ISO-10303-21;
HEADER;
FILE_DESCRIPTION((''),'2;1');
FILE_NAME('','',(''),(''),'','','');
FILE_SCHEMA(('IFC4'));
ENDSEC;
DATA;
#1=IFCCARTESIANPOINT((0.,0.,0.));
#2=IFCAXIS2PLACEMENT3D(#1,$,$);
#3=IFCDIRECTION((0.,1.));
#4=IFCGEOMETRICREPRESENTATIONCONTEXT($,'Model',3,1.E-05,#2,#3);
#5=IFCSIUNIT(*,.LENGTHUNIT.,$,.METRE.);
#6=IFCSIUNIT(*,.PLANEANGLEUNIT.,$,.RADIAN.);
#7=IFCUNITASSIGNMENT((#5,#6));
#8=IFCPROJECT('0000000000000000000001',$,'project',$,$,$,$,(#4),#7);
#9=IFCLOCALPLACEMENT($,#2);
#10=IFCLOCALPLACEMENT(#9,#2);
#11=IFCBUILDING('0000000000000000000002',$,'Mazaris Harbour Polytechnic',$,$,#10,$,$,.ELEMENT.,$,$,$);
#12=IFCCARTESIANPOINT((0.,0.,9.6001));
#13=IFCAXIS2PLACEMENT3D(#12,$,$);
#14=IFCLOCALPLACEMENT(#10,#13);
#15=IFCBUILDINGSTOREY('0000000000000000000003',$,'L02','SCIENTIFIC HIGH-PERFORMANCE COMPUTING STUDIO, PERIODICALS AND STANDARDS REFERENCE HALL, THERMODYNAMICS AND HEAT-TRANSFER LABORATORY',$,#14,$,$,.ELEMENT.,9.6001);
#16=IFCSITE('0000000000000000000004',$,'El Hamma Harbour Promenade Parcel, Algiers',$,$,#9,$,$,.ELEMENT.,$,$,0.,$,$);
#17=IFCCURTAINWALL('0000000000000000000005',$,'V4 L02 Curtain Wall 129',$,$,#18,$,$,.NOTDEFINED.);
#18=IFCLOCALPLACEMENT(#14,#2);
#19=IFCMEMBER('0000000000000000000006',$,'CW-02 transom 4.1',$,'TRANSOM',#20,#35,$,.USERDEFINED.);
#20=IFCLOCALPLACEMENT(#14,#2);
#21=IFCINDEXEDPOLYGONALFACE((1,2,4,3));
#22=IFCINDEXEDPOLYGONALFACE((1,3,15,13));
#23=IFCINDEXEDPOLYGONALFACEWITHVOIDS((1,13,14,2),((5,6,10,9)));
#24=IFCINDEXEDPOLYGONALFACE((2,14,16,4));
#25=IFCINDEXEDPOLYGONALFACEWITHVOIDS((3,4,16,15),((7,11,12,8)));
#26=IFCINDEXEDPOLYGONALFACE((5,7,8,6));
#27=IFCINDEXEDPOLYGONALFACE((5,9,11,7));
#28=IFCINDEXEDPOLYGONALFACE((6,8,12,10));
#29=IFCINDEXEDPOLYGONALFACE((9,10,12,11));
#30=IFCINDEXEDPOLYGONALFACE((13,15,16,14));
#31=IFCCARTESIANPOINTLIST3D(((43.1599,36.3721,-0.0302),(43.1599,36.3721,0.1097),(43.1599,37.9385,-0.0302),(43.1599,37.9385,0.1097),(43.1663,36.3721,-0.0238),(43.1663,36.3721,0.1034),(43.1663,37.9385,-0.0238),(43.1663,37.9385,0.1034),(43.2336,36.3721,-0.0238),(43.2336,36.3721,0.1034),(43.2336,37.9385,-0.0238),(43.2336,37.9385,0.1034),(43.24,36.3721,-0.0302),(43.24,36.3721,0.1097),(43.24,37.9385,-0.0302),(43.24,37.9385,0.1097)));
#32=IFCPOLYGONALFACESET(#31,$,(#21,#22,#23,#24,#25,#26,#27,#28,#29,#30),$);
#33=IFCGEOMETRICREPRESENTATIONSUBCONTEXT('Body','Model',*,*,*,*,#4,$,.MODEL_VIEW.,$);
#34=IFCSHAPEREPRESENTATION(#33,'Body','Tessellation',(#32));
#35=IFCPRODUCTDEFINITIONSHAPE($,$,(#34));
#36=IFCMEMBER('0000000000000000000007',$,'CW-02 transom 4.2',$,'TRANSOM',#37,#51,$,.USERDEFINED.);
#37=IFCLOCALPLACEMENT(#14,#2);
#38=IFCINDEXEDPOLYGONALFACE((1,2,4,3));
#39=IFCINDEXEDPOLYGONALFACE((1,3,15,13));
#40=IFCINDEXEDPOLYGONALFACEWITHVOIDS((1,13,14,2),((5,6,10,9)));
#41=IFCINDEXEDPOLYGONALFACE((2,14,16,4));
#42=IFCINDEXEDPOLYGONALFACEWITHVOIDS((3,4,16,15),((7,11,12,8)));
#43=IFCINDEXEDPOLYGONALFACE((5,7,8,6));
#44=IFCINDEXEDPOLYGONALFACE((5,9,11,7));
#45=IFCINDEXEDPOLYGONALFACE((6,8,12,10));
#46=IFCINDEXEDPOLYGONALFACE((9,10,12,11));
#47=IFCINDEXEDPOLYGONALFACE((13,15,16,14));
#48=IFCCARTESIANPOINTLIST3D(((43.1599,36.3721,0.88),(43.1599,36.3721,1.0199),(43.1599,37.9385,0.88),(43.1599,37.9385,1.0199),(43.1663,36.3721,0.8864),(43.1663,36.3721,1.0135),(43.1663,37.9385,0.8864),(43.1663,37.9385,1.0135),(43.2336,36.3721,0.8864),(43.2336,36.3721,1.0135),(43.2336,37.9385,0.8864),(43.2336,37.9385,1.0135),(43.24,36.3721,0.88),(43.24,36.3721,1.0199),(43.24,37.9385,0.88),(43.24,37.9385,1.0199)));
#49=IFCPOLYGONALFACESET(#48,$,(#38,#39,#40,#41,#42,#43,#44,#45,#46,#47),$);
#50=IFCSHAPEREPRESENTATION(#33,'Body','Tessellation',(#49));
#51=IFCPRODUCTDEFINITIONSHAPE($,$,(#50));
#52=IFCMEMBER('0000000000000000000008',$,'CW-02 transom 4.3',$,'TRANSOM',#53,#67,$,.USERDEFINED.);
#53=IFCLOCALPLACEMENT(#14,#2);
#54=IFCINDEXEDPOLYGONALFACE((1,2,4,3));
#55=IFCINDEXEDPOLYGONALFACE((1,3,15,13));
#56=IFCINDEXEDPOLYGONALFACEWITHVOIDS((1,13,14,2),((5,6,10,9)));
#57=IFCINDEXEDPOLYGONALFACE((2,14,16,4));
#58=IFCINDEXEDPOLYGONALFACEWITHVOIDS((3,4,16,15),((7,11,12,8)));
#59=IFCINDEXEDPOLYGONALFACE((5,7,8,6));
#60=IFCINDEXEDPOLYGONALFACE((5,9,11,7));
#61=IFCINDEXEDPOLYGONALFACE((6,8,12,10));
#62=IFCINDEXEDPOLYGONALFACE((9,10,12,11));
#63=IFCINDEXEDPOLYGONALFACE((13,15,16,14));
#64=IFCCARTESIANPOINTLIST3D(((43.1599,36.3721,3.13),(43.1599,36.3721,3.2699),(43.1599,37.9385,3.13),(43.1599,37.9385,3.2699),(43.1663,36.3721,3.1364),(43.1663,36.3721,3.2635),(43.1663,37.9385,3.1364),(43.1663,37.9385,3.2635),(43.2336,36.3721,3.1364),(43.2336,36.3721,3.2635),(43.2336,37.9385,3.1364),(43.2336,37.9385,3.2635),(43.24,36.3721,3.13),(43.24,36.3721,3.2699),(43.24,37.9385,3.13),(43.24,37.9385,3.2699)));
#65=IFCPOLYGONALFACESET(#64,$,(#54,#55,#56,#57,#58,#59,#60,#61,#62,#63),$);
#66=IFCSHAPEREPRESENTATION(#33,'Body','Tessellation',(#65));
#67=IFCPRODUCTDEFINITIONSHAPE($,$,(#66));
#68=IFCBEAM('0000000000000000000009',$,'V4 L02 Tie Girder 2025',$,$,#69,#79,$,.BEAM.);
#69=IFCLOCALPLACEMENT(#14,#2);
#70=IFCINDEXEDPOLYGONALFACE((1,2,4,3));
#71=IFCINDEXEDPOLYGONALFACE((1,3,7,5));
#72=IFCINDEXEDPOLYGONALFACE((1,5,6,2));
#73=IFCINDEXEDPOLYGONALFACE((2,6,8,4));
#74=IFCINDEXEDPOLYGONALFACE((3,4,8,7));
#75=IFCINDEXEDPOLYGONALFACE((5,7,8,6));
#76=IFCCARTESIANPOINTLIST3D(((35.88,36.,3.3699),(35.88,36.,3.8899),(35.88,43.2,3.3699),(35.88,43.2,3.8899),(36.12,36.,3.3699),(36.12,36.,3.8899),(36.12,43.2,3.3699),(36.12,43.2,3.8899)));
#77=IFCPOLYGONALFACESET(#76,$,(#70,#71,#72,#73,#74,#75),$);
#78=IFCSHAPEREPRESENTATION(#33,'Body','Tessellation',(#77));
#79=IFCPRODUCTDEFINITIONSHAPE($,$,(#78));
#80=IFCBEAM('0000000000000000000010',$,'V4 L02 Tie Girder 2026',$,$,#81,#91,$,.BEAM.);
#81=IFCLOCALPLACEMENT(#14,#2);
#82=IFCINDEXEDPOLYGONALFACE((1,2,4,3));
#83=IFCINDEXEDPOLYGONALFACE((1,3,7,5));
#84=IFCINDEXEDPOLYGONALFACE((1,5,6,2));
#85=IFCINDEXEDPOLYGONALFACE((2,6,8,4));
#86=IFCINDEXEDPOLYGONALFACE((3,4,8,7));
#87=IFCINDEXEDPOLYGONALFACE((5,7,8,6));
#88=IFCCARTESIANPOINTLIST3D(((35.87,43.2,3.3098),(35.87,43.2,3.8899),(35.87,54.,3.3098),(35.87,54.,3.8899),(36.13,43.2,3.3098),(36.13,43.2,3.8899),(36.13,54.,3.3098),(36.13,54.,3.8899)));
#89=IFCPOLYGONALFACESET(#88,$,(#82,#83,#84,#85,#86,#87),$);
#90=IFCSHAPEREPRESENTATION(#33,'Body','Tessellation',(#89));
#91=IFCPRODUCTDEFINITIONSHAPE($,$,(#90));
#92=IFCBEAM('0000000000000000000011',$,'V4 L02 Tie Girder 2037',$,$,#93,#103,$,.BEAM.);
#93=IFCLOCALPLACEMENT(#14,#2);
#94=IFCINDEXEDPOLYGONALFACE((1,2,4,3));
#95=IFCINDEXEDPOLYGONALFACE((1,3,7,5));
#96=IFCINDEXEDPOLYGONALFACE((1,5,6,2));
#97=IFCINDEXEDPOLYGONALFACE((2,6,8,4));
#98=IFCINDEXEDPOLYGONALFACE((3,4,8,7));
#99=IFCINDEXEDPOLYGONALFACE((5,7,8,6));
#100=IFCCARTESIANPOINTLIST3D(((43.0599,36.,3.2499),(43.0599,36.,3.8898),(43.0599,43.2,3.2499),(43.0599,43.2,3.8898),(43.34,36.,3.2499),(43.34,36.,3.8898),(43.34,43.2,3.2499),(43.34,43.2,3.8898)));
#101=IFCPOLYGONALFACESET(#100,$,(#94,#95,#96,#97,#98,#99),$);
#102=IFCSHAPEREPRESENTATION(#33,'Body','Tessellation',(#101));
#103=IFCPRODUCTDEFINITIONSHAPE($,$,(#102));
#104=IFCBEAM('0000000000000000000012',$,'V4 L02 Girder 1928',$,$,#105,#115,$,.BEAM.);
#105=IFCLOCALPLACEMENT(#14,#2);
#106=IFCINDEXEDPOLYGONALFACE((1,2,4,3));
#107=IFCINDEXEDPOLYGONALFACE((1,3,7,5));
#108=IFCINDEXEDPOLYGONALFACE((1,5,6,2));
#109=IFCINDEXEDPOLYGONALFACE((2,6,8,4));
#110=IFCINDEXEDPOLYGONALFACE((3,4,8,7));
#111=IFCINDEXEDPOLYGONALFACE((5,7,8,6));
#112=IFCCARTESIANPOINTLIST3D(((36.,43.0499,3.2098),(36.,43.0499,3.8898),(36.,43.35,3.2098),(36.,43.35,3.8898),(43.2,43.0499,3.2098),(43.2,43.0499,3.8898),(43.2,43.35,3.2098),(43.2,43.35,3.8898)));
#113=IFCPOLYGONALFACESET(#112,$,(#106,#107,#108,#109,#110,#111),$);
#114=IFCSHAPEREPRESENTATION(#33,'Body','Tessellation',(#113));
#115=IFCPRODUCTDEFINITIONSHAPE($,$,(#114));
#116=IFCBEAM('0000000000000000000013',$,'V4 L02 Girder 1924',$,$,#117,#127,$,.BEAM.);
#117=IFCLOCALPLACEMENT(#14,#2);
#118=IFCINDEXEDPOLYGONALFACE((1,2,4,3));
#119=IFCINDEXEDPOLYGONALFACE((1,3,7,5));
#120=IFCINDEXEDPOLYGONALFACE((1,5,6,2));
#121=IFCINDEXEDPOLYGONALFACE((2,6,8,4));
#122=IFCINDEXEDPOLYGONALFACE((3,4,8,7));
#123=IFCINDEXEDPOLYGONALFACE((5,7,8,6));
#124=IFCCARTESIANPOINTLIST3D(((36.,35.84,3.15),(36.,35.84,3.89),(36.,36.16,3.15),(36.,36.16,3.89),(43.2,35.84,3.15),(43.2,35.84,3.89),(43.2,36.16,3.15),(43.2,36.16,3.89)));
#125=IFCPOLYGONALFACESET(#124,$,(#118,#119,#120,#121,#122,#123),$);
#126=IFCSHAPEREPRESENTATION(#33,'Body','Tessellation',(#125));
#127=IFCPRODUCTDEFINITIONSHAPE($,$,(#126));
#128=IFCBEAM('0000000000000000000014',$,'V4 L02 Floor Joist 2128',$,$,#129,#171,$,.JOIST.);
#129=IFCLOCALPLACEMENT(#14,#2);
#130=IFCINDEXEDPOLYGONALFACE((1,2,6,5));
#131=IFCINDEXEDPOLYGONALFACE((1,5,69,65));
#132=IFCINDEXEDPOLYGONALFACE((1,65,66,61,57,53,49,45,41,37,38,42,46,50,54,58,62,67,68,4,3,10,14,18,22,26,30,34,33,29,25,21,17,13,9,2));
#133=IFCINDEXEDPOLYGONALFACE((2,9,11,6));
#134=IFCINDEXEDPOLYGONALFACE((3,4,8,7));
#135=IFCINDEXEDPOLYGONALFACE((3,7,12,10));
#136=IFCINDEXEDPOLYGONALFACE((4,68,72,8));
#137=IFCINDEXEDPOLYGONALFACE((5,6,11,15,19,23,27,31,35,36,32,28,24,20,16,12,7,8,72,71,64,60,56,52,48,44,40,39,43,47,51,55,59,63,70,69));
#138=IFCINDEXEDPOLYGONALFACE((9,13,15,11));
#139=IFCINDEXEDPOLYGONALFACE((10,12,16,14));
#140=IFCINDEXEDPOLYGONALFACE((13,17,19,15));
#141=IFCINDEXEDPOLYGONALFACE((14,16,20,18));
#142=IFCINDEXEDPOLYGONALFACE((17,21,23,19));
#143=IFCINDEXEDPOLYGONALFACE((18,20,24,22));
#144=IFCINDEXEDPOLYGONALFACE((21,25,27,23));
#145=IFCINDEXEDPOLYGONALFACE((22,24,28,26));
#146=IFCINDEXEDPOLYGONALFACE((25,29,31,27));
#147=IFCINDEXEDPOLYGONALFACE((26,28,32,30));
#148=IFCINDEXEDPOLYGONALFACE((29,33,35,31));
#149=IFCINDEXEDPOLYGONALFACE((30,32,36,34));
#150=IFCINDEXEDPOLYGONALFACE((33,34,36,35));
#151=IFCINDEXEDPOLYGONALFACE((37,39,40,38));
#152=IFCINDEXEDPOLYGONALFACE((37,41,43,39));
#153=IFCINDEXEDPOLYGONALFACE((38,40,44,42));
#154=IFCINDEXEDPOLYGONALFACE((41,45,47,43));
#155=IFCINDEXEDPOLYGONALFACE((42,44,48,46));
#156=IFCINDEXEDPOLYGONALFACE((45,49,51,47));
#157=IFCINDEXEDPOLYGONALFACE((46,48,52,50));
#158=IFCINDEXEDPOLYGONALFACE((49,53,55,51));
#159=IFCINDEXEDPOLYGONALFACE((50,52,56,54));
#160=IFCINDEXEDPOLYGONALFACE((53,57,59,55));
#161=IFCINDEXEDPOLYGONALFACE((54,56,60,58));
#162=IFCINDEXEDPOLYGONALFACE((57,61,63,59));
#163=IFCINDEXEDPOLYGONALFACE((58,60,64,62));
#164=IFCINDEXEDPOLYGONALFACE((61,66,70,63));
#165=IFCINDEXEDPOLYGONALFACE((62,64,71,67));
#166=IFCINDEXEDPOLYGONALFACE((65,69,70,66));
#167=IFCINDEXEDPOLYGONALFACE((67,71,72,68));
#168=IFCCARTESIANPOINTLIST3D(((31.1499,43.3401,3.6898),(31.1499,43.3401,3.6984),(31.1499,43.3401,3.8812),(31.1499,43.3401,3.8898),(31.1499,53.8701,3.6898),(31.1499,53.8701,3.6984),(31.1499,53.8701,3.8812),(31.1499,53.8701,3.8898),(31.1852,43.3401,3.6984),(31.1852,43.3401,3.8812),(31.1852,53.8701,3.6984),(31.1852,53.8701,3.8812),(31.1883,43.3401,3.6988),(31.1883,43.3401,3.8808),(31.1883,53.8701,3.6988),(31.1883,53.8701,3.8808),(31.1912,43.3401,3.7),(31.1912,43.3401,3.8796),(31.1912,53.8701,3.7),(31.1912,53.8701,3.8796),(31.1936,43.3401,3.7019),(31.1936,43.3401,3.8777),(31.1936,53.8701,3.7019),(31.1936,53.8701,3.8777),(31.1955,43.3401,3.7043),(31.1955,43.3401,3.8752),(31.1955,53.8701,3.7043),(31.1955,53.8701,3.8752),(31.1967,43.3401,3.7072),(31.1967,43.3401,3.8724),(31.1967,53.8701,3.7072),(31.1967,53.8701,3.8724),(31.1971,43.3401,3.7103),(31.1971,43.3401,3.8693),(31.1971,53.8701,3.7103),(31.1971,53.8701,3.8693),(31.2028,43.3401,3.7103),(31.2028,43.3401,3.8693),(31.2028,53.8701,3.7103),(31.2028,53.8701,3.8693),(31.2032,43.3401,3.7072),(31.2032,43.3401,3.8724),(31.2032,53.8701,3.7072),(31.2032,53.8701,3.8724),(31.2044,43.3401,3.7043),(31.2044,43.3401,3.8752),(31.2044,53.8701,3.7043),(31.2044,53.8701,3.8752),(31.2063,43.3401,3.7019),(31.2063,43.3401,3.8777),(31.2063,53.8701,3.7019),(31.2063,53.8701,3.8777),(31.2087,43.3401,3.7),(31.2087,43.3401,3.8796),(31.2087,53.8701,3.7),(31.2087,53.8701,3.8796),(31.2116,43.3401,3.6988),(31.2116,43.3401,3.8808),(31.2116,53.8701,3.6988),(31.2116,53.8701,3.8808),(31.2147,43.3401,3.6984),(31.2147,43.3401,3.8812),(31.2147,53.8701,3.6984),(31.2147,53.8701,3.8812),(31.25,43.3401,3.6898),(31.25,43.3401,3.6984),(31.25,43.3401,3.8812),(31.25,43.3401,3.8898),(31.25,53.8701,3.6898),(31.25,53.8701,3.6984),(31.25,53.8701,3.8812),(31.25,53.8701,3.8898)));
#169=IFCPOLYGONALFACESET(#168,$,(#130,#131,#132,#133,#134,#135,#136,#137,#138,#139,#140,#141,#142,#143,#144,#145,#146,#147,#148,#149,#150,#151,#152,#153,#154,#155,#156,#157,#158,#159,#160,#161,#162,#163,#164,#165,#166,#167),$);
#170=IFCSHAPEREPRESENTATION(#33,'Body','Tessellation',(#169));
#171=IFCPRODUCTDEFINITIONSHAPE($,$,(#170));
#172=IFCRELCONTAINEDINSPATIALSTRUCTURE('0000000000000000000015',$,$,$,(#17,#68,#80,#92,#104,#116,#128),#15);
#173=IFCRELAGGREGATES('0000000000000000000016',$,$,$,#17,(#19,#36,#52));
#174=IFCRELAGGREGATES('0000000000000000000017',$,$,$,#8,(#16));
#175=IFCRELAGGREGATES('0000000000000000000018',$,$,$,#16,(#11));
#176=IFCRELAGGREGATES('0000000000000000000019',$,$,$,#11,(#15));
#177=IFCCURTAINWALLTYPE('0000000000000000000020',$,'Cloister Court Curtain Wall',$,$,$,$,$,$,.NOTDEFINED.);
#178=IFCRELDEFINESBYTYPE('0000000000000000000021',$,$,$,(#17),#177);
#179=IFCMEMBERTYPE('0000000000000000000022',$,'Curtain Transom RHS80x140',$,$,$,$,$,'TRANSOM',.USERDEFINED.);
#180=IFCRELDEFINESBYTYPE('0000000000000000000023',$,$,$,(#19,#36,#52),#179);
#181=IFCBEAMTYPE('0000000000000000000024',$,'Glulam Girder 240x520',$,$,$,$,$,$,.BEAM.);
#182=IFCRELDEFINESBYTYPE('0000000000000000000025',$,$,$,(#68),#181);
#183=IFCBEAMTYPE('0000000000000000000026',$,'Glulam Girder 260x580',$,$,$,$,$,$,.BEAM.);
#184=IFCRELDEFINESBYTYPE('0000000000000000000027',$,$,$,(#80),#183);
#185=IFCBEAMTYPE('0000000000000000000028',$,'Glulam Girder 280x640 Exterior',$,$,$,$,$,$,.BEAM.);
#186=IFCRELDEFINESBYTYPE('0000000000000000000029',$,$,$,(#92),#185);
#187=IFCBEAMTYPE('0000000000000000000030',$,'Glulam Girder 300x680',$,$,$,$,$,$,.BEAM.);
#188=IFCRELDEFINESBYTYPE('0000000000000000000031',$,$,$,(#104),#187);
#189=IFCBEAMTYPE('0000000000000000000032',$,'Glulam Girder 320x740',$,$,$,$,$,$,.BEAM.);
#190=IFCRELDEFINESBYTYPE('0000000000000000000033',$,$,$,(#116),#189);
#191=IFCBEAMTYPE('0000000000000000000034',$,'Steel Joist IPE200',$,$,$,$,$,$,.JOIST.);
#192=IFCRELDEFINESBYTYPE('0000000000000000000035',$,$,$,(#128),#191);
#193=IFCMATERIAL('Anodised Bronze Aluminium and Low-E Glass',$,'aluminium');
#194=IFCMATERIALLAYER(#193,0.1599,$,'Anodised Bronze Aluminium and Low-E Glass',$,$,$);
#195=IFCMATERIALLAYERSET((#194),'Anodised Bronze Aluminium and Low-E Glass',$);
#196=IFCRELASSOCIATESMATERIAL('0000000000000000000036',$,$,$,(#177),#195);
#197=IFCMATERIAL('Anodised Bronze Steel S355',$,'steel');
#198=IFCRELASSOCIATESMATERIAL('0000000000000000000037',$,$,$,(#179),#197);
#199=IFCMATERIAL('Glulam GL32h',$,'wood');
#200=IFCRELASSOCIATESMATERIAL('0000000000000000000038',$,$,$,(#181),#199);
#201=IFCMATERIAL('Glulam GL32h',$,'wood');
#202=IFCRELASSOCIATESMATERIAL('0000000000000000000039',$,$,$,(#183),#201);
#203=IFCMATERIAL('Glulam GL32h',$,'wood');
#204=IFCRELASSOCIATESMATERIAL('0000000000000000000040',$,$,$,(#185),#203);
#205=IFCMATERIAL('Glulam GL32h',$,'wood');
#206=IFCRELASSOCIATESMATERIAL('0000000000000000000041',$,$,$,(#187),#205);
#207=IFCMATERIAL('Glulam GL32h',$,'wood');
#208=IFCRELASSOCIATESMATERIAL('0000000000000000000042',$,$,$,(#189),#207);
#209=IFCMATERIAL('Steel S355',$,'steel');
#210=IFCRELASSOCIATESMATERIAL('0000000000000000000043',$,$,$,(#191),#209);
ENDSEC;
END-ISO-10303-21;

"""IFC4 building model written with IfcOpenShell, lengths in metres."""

from ifc_helpers import new_model, si_unit, direction, frame, origin, origin_2d, place, context, subcontext, project, spatial, rectangle, hollow_rectangle, i_section, extrude, material, layer, layer_set, material_profile, profile_set, type_object, element, aggregate, save


model = new_model("IFC4")

# Units and contexts
model_context = context("Model", 3, precision=1e-05, world=origin(), true_north=direction((0.0, 1.0)))
body_context = subcontext(model_context, "Body", "Model", "MODEL_VIEW")
ifc_project = project(units=[si_unit("LENGTHUNIT", "METRE"), si_unit("PLANEANGLEUNIT", "RADIAN")], contexts=[model_context])

# Site, building, storey
site_placement = place(None, origin())
site = spatial("IfcSite", under=ifc_project, at=site_placement, Name="El Hamma Harbour Promenade Parcel, Algiers", CompositionType="ELEMENT", RefElevation=0.0)
building_placement = place(site_placement, origin())
building = spatial("IfcBuilding", under=site, at=building_placement, Name="Mazaris Harbour Polytechnic", CompositionType="ELEMENT")
storey_placement = place(building_placement, frame((0.0, 0.0, 9.6001)))
storey = spatial("IfcBuildingStorey", under=building, at=storey_placement, Name="L02", Description="SCIENTIFIC HIGH-PERFORMANCE COMPUTING STUDIO, PERIODICALS AND STANDARDS REFERENCE HALL, THERMODYNAMICS AND HEAT-TRANSFER LABORATORY", CompositionType="ELEMENT", Elevation=9.6001)

# Curtain wall
ifc_material_1 = material(Name="Anodised Bronze Aluminium and Low-E Glass", Category="aluminium")
ifc_layer_1 = layer(ifc_material_1, 0.1599, Name="Anodised Bronze Aluminium and Low-E Glass")
ifc_layer_set_1 = layer_set([ifc_layer_1], Name="Anodised Bronze Aluminium and Low-E Glass")
curtain_wall_type = type_object("IfcCurtainWallType", Name="Cloister Court Curtain Wall", PredefinedType="NOTDEFINED", material=ifc_layer_set_1)
curtain_wall_1_placement = place(storey_placement, origin())
curtain_wall_1 = element("IfcCurtainWall", 1, at=curtain_wall_1_placement, inside=storey, type_object=curtain_wall_type, Name="V4 L02 Curtain Wall 129", PredefinedType="NOTDEFINED")

# Members
ifc_material_2 = material(Name="Anodised Bronze Steel S355", Category="steel")
ifc_material_profile_1 = material_profile(ifc_material_2, hollow_rectangle(XDim=0.0801, YDim=0.1399, WallThickness=0.0063, at=origin_2d()), Name="RHS 80x140x6.3")
ifc_profile_set_1 = profile_set([ifc_material_profile_1], Name="Anodised Bronze Steel S355")
member_type_1 = type_object("IfcMemberType", Name="Curtain Transom RHS80x140", ElementType="TRANSOM", PredefinedType="USERDEFINED", material=ifc_profile_set_1)
member_1_placement = place(storey_placement, frame((43.2, 37.9385, 0.0398), z_axis=(0.0, -1.0, 0.0), x_axis=(1.0, 0.0, 0.0)))
member_1 = element("IfcMember", 2, at=member_1_placement, type_object=member_type_1, Name="CW-02 transom 4.1", ObjectType="TRANSOM", PredefinedType="USERDEFINED", context=body_context, shape_type="SweptSolid", body=[
    extrude(hollow_rectangle(XDim=0.0801, YDim=0.1399, WallThickness=0.0063, at=origin_2d()), origin(), (0.0, 0.0, 1.0), 1.5664),
])
member_2_placement = place(storey_placement, frame((43.2, 37.9385, 0.95), z_axis=(0.0, -1.0, 0.0), x_axis=(1.0, 0.0, 0.0)))
member_2 = element("IfcMember", 3, at=member_2_placement, type_object=member_type_1, Name="CW-02 transom 4.2", ObjectType="TRANSOM", PredefinedType="USERDEFINED", context=body_context, shape_type="SweptSolid", body=[
    extrude(hollow_rectangle(XDim=0.0801, YDim=0.1399, WallThickness=0.0063, at=origin_2d()), origin(), (0.0, 0.0, 1.0), 1.5664),
])
member_3_placement = place(storey_placement, frame((43.2, 37.9385, 3.2), z_axis=(0.0, -1.0, 0.0), x_axis=(1.0, 0.0, 0.0)))
member_3 = element("IfcMember", 4, at=member_3_placement, type_object=member_type_1, Name="CW-02 transom 4.3", ObjectType="TRANSOM", PredefinedType="USERDEFINED", context=body_context, shape_type="SweptSolid", body=[
    extrude(hollow_rectangle(XDim=0.0801, YDim=0.1399, WallThickness=0.0063, at=origin_2d()), origin(), (0.0, 0.0, 1.0), 1.5664),
])

# Beams
ifc_material_3 = material(Name="Glulam GL32h", Category="wood")
ifc_material_profile_2 = material_profile(ifc_material_3, rectangle(XDim=0.24, YDim=0.52, at=origin_2d()), Name="RECT240x520")
ifc_profile_set_2 = profile_set([ifc_material_profile_2], Name="Glulam GL32h")
beam_type_1 = type_object("IfcBeamType", Name="Glulam Girder 240x520", PredefinedType="BEAM", material=ifc_profile_set_2)
beam_1_placement = place(storey_placement, frame((36.0, 36.0, 3.6299), z_axis=(0.0, 1.0, 0.0), x_axis=(-1.0, 0.0, 0.0)))
element("IfcBeam", 5, at=beam_1_placement, inside=storey, type_object=beam_type_1, Name="V4 L02 Tie Girder 2025", PredefinedType="BEAM", context=body_context, shape_type="SweptSolid", body=[
    extrude(rectangle(XDim=0.24, YDim=0.52, at=origin_2d()), origin(), (0.0, 0.0, 1.0), 7.2),
])
ifc_material_4 = material(Name="Glulam GL32h", Category="wood")
ifc_material_profile_3 = material_profile(ifc_material_4, rectangle(XDim=0.26, YDim=0.5801, at=origin_2d()), Name="RECT260x580")
ifc_profile_set_3 = profile_set([ifc_material_profile_3], Name="Glulam GL32h")
beam_type_2 = type_object("IfcBeamType", Name="Glulam Girder 260x580", PredefinedType="BEAM", material=ifc_profile_set_3)
beam_2_placement = place(storey_placement, frame((36.0, 43.2, 3.5999), z_axis=(0.0, 1.0, 0.0), x_axis=(-1.0, 0.0, 0.0)))
element("IfcBeam", 6, at=beam_2_placement, inside=storey, type_object=beam_type_2, Name="V4 L02 Tie Girder 2026", PredefinedType="BEAM", context=body_context, shape_type="SweptSolid", body=[
    extrude(rectangle(XDim=0.26, YDim=0.5801, at=origin_2d()), origin(), (0.0, 0.0, 1.0), 10.8),
])
ifc_material_5 = material(Name="Glulam GL32h", Category="wood")
ifc_material_profile_4 = material_profile(ifc_material_5, rectangle(XDim=0.28, YDim=0.6399, at=origin_2d()), Name="RECT280x640")
ifc_profile_set_4 = profile_set([ifc_material_profile_4], Name="Glulam GL32h")
beam_type_3 = type_object("IfcBeamType", Name="Glulam Girder 280x640 Exterior", PredefinedType="BEAM", material=ifc_profile_set_4)
beam_3_placement = place(storey_placement, frame((43.2, 36.0, 3.5698), z_axis=(0.0, 1.0, 0.0), x_axis=(-1.0, 0.0, 0.0)))
element("IfcBeam", 7, at=beam_3_placement, inside=storey, type_object=beam_type_3, Name="V4 L02 Tie Girder 2037", PredefinedType="BEAM", context=body_context, shape_type="SweptSolid", body=[
    extrude(rectangle(XDim=0.28, YDim=0.6399, at=origin_2d()), origin(), (0.0, 0.0, 1.0), 7.2),
])
ifc_material_6 = material(Name="Glulam GL32h", Category="wood")
ifc_material_profile_5 = material_profile(ifc_material_6, rectangle(XDim=0.3, YDim=0.6799, at=origin_2d()), Name="RECT300x680")
ifc_profile_set_5 = profile_set([ifc_material_profile_5], Name="Glulam GL32h")
beam_type_4 = type_object("IfcBeamType", Name="Glulam Girder 300x680", PredefinedType="BEAM", material=ifc_profile_set_5)
beam_4_placement = place(storey_placement, frame((36.0, 43.2, 3.5498), z_axis=(1.0, 0.0, 0.0), x_axis=(0.0, 1.0, 0.0)))
element("IfcBeam", 8, at=beam_4_placement, inside=storey, type_object=beam_type_4, Name="V4 L02 Girder 1928", PredefinedType="BEAM", context=body_context, shape_type="SweptSolid", body=[
    extrude(rectangle(XDim=0.3, YDim=0.6799, at=origin_2d()), origin(), (0.0, 0.0, 1.0), 7.2),
])
ifc_material_7 = material(Name="Glulam GL32h", Category="wood")
ifc_material_profile_6 = material_profile(ifc_material_7, rectangle(XDim=0.3201, YDim=0.74, at=origin_2d()), Name="RECT320x740")
ifc_profile_set_6 = profile_set([ifc_material_profile_6], Name="Glulam GL32h")
beam_type_5 = type_object("IfcBeamType", Name="Glulam Girder 320x740", PredefinedType="BEAM", material=ifc_profile_set_6)
beam_5_placement = place(storey_placement, frame((36.0, 36.0, 3.52), z_axis=(1.0, 0.0, 0.0), x_axis=(0.0, 1.0, 0.0)))
element("IfcBeam", 9, at=beam_5_placement, inside=storey, type_object=beam_type_5, Name="V4 L02 Girder 1924", PredefinedType="BEAM", context=body_context, shape_type="SweptSolid", body=[
    extrude(rectangle(XDim=0.3201, YDim=0.74, at=origin_2d()), origin(), (0.0, 0.0, 1.0), 7.2),
])
ifc_material_8 = material(Name="Steel S355", Category="steel")
ifc_material_profile_7 = material_profile(ifc_material_8, i_section(OverallWidth=0.1001, OverallDepth=0.2, WebThickness=0.0056, FlangeThickness=0.0085, FilletRadius=0.012, at=origin_2d()), Name="IPE 200")
ifc_profile_set_7 = profile_set([ifc_material_profile_7], Name="Steel S355")
beam_type_6 = type_object("IfcBeamType", Name="Steel Joist IPE200", PredefinedType="JOIST", material=ifc_profile_set_7)
beam_6_placement = place(storey_placement, frame((31.2, 43.3401, 3.7898), z_axis=(0.0, 1.0, 0.0), x_axis=(-1.0, 0.0, 0.0)))
element("IfcBeam", 10, at=beam_6_placement, inside=storey, type_object=beam_type_6, Name="V4 L02 Floor Joist 2128", PredefinedType="JOIST", context=body_context, shape_type="SweptSolid", body=[
    extrude(i_section(OverallWidth=0.1001, OverallDepth=0.2, WebThickness=0.0056, FlangeThickness=0.0085, FilletRadius=0.012, at=origin_2d()), origin(), (0.0, 0.0, 1.0), 10.53),
])

aggregate(curtain_wall_1, [member_1, member_2, member_3])

save(model, "model.ifc")
